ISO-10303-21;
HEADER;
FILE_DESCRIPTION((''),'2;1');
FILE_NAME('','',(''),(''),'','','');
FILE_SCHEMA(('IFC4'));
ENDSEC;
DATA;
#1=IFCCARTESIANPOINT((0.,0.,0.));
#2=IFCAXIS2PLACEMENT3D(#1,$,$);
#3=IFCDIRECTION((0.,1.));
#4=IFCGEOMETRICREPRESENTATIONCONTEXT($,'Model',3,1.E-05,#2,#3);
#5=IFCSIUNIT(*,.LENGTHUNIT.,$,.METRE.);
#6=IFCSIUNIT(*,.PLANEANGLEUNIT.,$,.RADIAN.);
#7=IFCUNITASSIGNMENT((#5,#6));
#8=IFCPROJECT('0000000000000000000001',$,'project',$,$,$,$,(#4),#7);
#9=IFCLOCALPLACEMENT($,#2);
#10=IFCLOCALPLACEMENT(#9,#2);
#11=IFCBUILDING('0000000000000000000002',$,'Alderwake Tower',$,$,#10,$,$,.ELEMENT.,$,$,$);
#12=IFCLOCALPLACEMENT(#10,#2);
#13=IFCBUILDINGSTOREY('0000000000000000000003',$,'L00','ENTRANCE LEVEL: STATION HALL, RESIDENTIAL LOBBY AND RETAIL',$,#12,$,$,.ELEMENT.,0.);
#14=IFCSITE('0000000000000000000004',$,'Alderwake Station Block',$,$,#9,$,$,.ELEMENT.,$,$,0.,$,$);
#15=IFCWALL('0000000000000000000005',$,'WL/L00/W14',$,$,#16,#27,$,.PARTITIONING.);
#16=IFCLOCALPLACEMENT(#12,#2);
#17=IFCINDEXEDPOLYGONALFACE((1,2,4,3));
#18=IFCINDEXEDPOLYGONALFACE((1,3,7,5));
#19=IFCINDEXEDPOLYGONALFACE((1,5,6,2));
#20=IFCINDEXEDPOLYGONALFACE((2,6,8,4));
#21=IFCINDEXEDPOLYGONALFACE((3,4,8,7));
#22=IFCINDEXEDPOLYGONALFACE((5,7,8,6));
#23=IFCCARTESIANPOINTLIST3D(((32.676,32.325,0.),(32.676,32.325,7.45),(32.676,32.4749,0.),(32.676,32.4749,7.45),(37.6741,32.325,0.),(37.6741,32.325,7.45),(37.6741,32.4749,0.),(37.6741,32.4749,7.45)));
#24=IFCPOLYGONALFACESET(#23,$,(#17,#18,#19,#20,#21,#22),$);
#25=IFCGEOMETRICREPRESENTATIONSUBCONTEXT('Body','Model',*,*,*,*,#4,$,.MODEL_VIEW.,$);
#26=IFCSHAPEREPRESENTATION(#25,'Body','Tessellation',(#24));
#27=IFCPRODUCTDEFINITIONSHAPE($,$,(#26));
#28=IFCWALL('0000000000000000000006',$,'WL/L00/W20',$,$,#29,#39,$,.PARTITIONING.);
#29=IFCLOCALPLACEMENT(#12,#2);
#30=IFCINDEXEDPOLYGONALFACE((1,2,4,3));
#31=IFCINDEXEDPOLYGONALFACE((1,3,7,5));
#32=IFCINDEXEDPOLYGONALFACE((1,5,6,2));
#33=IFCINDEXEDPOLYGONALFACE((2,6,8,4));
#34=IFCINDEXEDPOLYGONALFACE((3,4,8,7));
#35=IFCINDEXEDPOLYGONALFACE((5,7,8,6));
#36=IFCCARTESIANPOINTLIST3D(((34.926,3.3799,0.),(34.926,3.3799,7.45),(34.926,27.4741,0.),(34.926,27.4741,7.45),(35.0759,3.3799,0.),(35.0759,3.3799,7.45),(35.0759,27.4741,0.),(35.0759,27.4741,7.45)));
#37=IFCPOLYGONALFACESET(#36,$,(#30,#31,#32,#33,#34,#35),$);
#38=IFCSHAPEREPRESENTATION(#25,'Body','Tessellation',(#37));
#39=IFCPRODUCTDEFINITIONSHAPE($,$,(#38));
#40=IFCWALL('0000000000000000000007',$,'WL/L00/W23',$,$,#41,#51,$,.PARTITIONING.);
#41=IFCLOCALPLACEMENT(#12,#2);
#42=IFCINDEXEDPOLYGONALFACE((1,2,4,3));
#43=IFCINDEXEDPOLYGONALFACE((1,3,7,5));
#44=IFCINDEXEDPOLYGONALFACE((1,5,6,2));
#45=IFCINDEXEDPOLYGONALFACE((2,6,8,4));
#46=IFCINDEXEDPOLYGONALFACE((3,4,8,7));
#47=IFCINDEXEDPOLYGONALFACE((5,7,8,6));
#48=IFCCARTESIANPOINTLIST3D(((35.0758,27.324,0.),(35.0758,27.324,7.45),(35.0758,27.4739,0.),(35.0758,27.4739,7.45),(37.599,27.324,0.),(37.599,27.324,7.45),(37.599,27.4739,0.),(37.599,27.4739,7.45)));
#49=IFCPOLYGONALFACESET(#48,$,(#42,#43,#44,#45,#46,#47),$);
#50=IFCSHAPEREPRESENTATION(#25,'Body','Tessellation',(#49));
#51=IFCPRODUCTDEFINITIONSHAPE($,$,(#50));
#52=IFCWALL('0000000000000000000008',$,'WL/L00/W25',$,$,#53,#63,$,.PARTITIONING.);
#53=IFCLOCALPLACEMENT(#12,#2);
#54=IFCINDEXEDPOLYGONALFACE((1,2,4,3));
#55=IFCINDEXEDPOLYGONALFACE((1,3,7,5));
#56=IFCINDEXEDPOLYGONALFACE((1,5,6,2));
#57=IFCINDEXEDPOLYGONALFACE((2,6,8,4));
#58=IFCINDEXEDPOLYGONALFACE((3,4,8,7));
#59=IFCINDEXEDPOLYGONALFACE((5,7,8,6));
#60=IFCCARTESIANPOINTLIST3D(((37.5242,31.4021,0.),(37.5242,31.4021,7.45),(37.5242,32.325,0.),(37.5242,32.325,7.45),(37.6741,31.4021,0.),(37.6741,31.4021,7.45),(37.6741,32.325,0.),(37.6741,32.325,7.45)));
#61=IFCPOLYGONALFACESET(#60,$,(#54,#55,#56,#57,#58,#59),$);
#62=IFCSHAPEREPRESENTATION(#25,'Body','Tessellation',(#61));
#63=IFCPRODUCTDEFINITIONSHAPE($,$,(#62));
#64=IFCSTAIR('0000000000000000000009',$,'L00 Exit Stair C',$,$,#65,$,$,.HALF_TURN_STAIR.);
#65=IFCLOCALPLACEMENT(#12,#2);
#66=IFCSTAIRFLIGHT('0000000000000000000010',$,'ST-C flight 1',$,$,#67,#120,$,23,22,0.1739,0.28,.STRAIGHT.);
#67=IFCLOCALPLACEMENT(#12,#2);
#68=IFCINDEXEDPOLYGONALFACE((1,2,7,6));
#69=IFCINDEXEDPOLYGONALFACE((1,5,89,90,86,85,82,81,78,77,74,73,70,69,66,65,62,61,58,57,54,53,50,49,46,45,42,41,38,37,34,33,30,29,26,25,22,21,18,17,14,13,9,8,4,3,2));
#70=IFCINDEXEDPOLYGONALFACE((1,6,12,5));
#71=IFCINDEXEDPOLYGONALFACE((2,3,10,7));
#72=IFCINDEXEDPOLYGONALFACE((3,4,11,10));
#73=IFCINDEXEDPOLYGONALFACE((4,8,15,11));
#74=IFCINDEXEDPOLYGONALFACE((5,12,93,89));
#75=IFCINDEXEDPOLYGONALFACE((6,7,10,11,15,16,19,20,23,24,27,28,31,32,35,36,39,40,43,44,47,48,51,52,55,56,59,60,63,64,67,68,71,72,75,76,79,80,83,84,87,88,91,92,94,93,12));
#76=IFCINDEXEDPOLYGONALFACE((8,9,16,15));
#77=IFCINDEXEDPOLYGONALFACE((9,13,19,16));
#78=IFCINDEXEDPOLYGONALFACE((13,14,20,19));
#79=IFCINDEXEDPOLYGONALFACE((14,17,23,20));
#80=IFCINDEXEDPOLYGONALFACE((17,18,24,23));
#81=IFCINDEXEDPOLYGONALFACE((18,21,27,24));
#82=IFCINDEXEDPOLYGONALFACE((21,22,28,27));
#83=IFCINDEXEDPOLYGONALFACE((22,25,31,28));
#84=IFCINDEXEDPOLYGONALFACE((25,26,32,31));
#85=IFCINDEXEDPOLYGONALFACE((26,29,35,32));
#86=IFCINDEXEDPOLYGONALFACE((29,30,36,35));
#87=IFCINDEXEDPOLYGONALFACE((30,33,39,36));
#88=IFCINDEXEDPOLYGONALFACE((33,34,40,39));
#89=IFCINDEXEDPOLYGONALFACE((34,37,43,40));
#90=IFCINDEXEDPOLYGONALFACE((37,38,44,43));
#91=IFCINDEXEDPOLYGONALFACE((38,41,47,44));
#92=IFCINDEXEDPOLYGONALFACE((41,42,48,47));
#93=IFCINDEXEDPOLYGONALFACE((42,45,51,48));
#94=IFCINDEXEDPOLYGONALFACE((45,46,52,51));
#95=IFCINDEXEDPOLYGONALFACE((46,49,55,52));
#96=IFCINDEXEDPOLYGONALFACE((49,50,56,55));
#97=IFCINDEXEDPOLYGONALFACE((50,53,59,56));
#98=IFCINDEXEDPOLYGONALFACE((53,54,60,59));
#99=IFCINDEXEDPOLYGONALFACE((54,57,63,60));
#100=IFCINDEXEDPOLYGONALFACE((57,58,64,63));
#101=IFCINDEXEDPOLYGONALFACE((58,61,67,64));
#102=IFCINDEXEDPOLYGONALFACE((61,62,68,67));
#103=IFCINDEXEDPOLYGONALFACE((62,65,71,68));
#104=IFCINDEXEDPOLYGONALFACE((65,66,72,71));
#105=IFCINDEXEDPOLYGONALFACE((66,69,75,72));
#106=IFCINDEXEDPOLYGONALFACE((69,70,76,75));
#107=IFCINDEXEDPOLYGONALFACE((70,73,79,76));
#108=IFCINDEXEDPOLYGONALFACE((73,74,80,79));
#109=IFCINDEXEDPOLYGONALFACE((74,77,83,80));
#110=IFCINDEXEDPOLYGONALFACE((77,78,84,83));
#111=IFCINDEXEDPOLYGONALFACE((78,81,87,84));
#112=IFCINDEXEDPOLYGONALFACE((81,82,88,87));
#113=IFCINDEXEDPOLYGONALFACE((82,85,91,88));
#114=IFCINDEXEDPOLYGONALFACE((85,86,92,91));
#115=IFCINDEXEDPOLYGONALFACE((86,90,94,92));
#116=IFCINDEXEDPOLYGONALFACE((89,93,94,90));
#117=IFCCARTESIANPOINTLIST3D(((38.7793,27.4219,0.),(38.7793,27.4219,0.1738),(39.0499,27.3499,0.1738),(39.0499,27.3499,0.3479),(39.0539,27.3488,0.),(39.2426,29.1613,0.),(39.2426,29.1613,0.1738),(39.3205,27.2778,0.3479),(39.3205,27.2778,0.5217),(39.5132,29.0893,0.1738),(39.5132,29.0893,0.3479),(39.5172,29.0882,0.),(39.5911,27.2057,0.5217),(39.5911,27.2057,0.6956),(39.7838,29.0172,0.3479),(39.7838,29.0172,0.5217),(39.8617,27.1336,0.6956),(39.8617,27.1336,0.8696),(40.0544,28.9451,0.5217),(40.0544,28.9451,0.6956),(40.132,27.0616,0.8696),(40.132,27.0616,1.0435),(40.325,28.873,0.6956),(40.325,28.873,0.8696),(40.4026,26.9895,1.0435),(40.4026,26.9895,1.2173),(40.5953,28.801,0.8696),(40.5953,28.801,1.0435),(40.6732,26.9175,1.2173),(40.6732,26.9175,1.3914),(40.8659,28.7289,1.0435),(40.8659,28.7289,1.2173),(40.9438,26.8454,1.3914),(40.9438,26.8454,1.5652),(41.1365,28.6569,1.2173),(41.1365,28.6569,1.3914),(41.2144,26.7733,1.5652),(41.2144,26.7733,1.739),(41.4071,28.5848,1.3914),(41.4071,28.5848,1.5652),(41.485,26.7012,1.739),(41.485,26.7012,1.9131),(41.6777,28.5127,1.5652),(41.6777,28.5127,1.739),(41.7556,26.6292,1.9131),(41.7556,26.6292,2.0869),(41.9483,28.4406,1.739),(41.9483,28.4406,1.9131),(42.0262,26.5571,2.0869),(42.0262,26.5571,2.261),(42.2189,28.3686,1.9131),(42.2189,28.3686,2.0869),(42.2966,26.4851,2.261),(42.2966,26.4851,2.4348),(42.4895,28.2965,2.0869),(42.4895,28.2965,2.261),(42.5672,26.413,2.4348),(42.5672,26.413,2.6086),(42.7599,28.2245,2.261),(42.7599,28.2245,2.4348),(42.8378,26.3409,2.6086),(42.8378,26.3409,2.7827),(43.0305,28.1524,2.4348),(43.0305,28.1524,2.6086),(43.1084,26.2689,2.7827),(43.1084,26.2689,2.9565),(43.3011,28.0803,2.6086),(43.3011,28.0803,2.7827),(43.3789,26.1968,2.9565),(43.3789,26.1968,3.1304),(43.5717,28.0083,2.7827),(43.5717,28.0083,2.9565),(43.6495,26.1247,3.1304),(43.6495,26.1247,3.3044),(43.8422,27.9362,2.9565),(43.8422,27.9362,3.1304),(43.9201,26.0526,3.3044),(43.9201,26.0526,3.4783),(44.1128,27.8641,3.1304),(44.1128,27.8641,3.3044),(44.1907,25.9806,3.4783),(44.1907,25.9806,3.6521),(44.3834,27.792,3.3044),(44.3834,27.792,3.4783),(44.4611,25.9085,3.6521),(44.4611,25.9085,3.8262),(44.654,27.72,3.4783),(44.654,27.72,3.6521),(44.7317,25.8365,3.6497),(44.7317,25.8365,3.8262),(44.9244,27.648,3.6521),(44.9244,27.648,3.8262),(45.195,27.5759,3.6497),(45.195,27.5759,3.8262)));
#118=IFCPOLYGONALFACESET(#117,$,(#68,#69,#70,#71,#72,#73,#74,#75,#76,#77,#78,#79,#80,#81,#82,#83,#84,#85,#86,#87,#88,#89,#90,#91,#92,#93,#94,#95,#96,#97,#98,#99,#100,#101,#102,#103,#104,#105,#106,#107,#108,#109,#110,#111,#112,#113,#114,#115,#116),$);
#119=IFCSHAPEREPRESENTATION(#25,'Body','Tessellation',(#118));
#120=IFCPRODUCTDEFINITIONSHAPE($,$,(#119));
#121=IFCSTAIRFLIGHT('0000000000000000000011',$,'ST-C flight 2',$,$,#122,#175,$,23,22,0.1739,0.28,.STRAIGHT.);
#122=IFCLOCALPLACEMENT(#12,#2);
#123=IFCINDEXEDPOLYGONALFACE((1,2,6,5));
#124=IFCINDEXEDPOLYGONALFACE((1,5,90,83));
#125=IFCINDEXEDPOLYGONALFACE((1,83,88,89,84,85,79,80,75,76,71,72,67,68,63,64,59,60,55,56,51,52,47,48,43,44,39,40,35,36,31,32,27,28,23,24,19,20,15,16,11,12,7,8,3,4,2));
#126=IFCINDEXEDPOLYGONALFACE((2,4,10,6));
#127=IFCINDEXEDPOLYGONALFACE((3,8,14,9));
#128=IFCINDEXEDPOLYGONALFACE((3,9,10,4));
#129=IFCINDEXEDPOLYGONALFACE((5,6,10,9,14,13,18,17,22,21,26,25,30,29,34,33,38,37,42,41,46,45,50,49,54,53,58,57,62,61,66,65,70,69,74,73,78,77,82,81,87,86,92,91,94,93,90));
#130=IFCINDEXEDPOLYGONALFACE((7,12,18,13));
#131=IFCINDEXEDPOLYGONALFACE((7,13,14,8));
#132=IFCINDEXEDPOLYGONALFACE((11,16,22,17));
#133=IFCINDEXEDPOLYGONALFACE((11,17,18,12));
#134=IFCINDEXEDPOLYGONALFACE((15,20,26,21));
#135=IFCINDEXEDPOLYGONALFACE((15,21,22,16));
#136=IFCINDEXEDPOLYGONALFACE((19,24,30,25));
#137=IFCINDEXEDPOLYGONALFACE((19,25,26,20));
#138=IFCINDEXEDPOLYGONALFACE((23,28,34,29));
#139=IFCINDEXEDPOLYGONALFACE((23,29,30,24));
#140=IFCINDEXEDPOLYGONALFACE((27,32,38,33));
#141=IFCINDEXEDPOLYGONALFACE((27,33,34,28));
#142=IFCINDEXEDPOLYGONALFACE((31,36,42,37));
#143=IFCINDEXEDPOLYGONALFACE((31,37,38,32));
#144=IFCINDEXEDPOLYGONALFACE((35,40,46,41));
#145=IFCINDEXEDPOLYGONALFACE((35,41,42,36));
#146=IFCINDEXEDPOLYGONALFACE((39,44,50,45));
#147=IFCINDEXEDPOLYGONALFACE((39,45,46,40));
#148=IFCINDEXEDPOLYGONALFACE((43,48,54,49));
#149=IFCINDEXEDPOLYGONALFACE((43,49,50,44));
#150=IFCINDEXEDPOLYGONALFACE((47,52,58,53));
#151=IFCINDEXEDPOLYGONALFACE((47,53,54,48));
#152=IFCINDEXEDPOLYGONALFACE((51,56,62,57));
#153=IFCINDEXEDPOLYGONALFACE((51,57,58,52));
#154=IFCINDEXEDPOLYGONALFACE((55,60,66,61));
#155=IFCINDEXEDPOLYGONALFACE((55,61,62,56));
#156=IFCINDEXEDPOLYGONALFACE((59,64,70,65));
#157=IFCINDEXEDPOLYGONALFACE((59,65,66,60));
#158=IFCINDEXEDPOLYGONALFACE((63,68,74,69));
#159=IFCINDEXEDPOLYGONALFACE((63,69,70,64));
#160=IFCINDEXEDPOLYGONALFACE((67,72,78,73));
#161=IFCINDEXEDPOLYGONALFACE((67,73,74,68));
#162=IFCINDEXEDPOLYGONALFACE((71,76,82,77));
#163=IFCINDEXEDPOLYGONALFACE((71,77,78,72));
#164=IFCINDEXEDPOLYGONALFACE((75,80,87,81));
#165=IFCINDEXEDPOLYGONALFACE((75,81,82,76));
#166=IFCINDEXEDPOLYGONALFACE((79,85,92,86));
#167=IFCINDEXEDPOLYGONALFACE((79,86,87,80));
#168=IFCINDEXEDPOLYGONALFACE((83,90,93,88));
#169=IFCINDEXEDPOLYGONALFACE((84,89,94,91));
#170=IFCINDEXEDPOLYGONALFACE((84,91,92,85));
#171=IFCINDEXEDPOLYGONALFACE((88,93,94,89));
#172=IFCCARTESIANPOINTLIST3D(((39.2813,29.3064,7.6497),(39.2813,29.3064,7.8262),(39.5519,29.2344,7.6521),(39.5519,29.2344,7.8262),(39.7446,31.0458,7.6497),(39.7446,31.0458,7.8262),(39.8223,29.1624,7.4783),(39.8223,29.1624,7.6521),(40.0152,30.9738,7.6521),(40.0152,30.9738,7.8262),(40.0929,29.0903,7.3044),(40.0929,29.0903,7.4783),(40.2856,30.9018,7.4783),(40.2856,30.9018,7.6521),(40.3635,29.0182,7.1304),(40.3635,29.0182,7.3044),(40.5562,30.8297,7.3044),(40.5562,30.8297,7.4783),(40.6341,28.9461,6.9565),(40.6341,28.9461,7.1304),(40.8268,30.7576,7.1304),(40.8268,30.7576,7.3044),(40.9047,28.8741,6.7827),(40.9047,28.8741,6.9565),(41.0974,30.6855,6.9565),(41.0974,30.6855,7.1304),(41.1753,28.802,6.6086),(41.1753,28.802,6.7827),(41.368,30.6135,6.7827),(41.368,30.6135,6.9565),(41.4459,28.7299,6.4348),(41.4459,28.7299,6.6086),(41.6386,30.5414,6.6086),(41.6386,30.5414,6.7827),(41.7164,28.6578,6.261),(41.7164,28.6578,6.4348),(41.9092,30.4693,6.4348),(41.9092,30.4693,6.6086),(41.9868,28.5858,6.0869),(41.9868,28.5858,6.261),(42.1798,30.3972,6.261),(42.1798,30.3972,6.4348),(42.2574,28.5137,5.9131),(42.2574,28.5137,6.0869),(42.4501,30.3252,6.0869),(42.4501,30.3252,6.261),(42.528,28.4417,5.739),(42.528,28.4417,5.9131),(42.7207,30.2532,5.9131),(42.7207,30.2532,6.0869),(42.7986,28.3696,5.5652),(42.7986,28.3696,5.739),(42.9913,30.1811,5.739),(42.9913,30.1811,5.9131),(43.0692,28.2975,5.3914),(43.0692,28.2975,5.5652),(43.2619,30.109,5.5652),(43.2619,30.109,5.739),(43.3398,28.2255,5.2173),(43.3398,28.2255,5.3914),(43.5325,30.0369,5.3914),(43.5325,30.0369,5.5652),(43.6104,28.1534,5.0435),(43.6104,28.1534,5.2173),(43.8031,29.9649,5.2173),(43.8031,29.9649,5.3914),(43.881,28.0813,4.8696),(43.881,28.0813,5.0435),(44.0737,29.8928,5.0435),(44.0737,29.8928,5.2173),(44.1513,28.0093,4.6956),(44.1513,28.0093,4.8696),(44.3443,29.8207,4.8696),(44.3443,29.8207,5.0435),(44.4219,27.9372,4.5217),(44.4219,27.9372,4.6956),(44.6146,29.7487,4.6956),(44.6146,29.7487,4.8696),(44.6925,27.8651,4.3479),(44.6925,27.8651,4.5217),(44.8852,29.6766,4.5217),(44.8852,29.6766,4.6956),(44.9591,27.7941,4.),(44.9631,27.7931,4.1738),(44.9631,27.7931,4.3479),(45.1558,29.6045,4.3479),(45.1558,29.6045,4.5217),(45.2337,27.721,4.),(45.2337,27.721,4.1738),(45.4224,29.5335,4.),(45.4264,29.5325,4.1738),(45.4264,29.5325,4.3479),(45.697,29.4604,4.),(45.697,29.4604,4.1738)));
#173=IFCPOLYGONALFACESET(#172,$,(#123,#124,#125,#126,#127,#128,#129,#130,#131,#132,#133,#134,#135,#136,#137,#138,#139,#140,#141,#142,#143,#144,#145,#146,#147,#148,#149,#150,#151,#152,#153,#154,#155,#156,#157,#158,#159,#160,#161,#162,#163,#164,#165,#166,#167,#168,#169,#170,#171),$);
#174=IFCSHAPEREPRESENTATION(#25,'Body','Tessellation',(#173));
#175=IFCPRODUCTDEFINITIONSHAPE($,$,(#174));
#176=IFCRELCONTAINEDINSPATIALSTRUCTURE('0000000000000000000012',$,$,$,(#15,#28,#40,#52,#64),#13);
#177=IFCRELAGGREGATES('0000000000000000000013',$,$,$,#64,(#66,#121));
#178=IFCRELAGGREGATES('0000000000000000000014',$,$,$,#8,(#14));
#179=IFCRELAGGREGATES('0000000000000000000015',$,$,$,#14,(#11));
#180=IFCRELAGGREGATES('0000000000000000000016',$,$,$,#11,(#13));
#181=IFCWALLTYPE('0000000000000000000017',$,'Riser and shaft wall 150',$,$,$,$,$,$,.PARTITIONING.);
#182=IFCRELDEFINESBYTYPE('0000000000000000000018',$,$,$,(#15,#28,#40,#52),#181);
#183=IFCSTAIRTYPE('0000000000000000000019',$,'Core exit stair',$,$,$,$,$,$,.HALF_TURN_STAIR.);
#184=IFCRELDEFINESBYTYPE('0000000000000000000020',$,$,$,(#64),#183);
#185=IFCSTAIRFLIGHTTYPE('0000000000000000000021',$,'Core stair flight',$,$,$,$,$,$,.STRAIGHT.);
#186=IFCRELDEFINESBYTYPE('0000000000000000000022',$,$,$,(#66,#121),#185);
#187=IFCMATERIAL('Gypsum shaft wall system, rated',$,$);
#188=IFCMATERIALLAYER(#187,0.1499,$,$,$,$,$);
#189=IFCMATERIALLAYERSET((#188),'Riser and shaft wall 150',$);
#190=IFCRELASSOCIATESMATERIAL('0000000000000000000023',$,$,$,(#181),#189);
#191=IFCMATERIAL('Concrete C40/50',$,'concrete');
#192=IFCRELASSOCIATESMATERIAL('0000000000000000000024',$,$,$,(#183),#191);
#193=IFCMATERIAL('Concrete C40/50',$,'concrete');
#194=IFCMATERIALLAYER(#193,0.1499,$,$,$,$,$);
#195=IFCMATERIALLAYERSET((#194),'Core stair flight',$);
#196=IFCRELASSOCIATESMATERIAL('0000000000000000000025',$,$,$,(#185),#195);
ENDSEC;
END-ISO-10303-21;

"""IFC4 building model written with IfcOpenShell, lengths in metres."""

from ifc_helpers import new_model, si_unit, direction, frame, frame_2d, origin, place, context, subcontext, project, spatial, polyline, rectangle, outline, extrude, material, layer, layer_set, type_object, element, aggregate, save


model = new_model("IFC4")

# Units and contexts
model_context = context("Model", 3, precision=1e-05, world=origin(), true_north=direction((0.0, 1.0)))
body_context = subcontext(model_context, "Body", "Model", "MODEL_VIEW")
ifc_project = project(units=[si_unit("LENGTHUNIT", "METRE"), si_unit("PLANEANGLEUNIT", "RADIAN")], contexts=[model_context])

# Site, building, storey
site_placement = place(None, origin())
site = spatial("IfcSite", under=ifc_project, at=site_placement, Name="Alderwake Station Block", CompositionType="ELEMENT", RefElevation=0.0)
building_placement = place(site_placement, origin())
building = spatial("IfcBuilding", under=site, at=building_placement, Name="Alderwake Tower", CompositionType="ELEMENT")
storey_placement = place(building_placement, origin())
storey = spatial("IfcBuildingStorey", under=building, at=storey_placement, Name="L00", Description="ENTRANCE LEVEL: STATION HALL, RESIDENTIAL LOBBY AND RETAIL", CompositionType="ELEMENT", Elevation=0.0)

# Walls
ifc_material_1 = material(Name="Gypsum shaft wall system, rated")
ifc_layer_1 = layer(ifc_material_1, 0.1499)
ifc_layer_set_1 = layer_set([ifc_layer_1], Name="Riser and shaft wall 150")
wall_type_1 = type_object("IfcWallType", Name="Riser and shaft wall 150", PredefinedType="PARTITIONING", material=ifc_layer_set_1)
wall_1_placement = place(storey_placement, frame((32.676, 32.3999, 0.0), z_axis=(0.0, 0.0, 1.0), x_axis=(1.0, 0.0, 0.0)))
element("IfcWall", 1, at=wall_1_placement, inside=storey, type_object=wall_type_1, Name="WL/L00/W14", PredefinedType="PARTITIONING", context=body_context, shape_type="SweptSolid", body=[
    extrude(rectangle(XDim=4.998, YDim=0.1499, at=frame_2d((2.499, 0.0))), origin(), (0.0, 0.0, 1.0), 7.45),
])
wall_2_placement = place(storey_placement, frame((35.001, 27.4741, 0.0), z_axis=(0.0, 0.0, 1.0), x_axis=(0.0, -1.0, 0.0)))
element("IfcWall", 2, at=wall_2_placement, inside=storey, type_object=wall_type_1, Name="WL/L00/W20", PredefinedType="PARTITIONING", context=body_context, shape_type="SweptSolid", body=[
    extrude(rectangle(XDim=24.0942, YDim=0.1499, at=frame_2d((12.0471, 0.0))), origin(), (0.0, 0.0, 1.0), 7.45),
])
wall_3_placement = place(storey_placement, frame((37.5991, 27.3989, 0.0), z_axis=(0.0, 0.0, 1.0), x_axis=(-1.0, 0.0, 0.0)))
element("IfcWall", 3, at=wall_3_placement, inside=storey, type_object=wall_type_1, Name="WL/L00/W23", PredefinedType="PARTITIONING", context=body_context, shape_type="SweptSolid", body=[
    extrude(rectangle(XDim=2.5232, YDim=0.1499, at=frame_2d((1.2617, 0.0))), origin(), (0.0, 0.0, 1.0), 7.45),
])
wall_4_placement = place(storey_placement, frame((37.5991, 32.325, 0.0), z_axis=(0.0, 0.0, 1.0), x_axis=(0.0, -1.0, 0.0)))
element("IfcWall", 4, at=wall_4_placement, inside=storey, type_object=wall_type_1, Name="WL/L00/W25", PredefinedType="PARTITIONING", context=body_context, shape_type="SweptSolid", body=[
    extrude(rectangle(XDim=0.9229, YDim=0.1499, at=frame_2d((0.4614, 0.0))), origin(), (0.0, 0.0, 1.0), 7.45),
])

# Stair, stair flights
ifc_material_2 = material(Name="Concrete C40/50", Category="concrete")
stair_type = type_object("IfcStairType", Name="Core exit stair", PredefinedType="HALF_TURN_STAIR", material=ifc_material_2)
stair_placement = place(storey_placement, origin())
stair = element("IfcStair", 5, at=stair_placement, inside=storey, type_object=stair_type, Name="L00 Exit Stair C", PredefinedType="HALF_TURN_STAIR")
ifc_material_3 = material(Name="Concrete C40/50", Category="concrete")
ifc_layer_2 = layer(ifc_material_3, 0.1499)
ifc_layer_set_2 = layer_set([ifc_layer_2], Name="Core stair flight")
stair_flight_type = type_object("IfcStairFlightType", Name="Core stair flight", PredefinedType="STRAIGHT", material=ifc_layer_set_2)
stair_flight_1_placement = place(storey_placement, frame((39.011, 28.2917, 0.0), z_axis=(0.0, 0.0, 1.0), x_axis=(0.96631, -0.257382, 0.0)))
stair_flight_1 = element("IfcStairFlight", 6, at=stair_flight_1_placement, type_object=stair_flight_type, Name="ST-C flight 1", NumberOfRisers=23, NumberOfTreads=22, PredefinedType="STRAIGHT", RiserHeight=0.1739, TreadLength=0.28, context=body_context, shape_type="SweptSolid", body=[
    extrude(outline(polyline([(0.0, 0.0), (0.0, 0.1738), (0.28, 0.1738), (0.28, 0.3479), (0.5601, 0.3479), (0.5601, 0.5217), (0.8401, 0.5217), (0.8401, 0.6956), (1.1201, 0.6956), (1.1201, 0.8696), (1.3999, 0.8696), (1.3999, 1.0435), (1.6799, 1.0435), (1.6799, 1.2173), (1.96, 1.2173), (1.96, 1.3914), (2.24, 1.3914), (2.24, 1.5652), (2.52, 1.5652), (2.52, 1.739), (2.8, 1.739), (2.8, 1.9131), (3.0801, 1.9131), (3.0801, 2.0869), (3.3601, 2.0869), (3.3601, 2.261), (3.6399, 2.261), (3.6399, 2.4348), (3.9199, 2.4348), (3.9199, 2.6086), (4.2, 2.6086), (4.2, 2.7827), (4.48, 2.7827), (4.48, 2.9565), (4.76, 2.9565), (4.76, 3.1304), (5.04, 3.1304), (5.04, 3.3044), (5.3201, 3.3044), (5.3201, 3.4783), (5.6001, 3.4783), (5.6001, 3.6521), (5.8799, 3.6521), (5.8799, 3.8262), (6.1599, 3.8262), (6.1599, 4.0), (6.1599, 3.6497), (0.2842, 0.0), (0.0, 0.0)])), frame((0.0, 0.8999, 0.0), z_axis=(0.0, -1.0, 0.0), x_axis=(1.0, 0.0, 0.0)), (0.0, 0.0, 1.0), 1.8),
])
stair_flight_2_placement = place(storey_placement, frame((45.4653, 28.5906, 4.0), z_axis=(0.0, 0.0, 1.0), x_axis=(-0.96631, 0.257382, 0.0)))
stair_flight_2 = element("IfcStairFlight", 7, at=stair_flight_2_placement, type_object=stair_flight_type, Name="ST-C flight 2", NumberOfRisers=23, NumberOfTreads=22, PredefinedType="STRAIGHT", RiserHeight=0.1739, TreadLength=0.28, context=body_context, shape_type="SweptSolid", body=[
    extrude(outline(polyline([(0.0, 0.0), (0.0, 0.1738), (0.28, 0.1738), (0.28, 0.3479), (0.5601, 0.3479), (0.5601, 0.5217), (0.8401, 0.5217), (0.8401, 0.6956), (1.1201, 0.6956), (1.1201, 0.8696), (1.3999, 0.8696), (1.3999, 1.0435), (1.6799, 1.0435), (1.6799, 1.2173), (1.96, 1.2173), (1.96, 1.3914), (2.24, 1.3914), (2.24, 1.5652), (2.52, 1.5652), (2.52, 1.739), (2.8, 1.739), (2.8, 1.9131), (3.0801, 1.9131), (3.0801, 2.0869), (3.3601, 2.0869), (3.3601, 2.261), (3.6399, 2.261), (3.6399, 2.4348), (3.9199, 2.4348), (3.9199, 2.6086), (4.2, 2.6086), (4.2, 2.7827), (4.48, 2.7827), (4.48, 2.9565), (4.76, 2.9565), (4.76, 3.1304), (5.04, 3.1304), (5.04, 3.3044), (5.3201, 3.3044), (5.3201, 3.4783), (5.6001, 3.4783), (5.6001, 3.6521), (5.8799, 3.6521), (5.8799, 3.8262), (6.1599, 3.8262), (6.1599, 4.0), (6.1599, 3.6497), (0.2842, 0.0), (0.0, 0.0)])), frame((0.0, 0.8999, 0.0), z_axis=(0.0, -1.0, 0.0), x_axis=(1.0, 0.0, 0.0)), (0.0, 0.0, 1.0), 1.8),
])
aggregate(stair, [stair_flight_1, stair_flight_2])

save(model, "model.ifc")
